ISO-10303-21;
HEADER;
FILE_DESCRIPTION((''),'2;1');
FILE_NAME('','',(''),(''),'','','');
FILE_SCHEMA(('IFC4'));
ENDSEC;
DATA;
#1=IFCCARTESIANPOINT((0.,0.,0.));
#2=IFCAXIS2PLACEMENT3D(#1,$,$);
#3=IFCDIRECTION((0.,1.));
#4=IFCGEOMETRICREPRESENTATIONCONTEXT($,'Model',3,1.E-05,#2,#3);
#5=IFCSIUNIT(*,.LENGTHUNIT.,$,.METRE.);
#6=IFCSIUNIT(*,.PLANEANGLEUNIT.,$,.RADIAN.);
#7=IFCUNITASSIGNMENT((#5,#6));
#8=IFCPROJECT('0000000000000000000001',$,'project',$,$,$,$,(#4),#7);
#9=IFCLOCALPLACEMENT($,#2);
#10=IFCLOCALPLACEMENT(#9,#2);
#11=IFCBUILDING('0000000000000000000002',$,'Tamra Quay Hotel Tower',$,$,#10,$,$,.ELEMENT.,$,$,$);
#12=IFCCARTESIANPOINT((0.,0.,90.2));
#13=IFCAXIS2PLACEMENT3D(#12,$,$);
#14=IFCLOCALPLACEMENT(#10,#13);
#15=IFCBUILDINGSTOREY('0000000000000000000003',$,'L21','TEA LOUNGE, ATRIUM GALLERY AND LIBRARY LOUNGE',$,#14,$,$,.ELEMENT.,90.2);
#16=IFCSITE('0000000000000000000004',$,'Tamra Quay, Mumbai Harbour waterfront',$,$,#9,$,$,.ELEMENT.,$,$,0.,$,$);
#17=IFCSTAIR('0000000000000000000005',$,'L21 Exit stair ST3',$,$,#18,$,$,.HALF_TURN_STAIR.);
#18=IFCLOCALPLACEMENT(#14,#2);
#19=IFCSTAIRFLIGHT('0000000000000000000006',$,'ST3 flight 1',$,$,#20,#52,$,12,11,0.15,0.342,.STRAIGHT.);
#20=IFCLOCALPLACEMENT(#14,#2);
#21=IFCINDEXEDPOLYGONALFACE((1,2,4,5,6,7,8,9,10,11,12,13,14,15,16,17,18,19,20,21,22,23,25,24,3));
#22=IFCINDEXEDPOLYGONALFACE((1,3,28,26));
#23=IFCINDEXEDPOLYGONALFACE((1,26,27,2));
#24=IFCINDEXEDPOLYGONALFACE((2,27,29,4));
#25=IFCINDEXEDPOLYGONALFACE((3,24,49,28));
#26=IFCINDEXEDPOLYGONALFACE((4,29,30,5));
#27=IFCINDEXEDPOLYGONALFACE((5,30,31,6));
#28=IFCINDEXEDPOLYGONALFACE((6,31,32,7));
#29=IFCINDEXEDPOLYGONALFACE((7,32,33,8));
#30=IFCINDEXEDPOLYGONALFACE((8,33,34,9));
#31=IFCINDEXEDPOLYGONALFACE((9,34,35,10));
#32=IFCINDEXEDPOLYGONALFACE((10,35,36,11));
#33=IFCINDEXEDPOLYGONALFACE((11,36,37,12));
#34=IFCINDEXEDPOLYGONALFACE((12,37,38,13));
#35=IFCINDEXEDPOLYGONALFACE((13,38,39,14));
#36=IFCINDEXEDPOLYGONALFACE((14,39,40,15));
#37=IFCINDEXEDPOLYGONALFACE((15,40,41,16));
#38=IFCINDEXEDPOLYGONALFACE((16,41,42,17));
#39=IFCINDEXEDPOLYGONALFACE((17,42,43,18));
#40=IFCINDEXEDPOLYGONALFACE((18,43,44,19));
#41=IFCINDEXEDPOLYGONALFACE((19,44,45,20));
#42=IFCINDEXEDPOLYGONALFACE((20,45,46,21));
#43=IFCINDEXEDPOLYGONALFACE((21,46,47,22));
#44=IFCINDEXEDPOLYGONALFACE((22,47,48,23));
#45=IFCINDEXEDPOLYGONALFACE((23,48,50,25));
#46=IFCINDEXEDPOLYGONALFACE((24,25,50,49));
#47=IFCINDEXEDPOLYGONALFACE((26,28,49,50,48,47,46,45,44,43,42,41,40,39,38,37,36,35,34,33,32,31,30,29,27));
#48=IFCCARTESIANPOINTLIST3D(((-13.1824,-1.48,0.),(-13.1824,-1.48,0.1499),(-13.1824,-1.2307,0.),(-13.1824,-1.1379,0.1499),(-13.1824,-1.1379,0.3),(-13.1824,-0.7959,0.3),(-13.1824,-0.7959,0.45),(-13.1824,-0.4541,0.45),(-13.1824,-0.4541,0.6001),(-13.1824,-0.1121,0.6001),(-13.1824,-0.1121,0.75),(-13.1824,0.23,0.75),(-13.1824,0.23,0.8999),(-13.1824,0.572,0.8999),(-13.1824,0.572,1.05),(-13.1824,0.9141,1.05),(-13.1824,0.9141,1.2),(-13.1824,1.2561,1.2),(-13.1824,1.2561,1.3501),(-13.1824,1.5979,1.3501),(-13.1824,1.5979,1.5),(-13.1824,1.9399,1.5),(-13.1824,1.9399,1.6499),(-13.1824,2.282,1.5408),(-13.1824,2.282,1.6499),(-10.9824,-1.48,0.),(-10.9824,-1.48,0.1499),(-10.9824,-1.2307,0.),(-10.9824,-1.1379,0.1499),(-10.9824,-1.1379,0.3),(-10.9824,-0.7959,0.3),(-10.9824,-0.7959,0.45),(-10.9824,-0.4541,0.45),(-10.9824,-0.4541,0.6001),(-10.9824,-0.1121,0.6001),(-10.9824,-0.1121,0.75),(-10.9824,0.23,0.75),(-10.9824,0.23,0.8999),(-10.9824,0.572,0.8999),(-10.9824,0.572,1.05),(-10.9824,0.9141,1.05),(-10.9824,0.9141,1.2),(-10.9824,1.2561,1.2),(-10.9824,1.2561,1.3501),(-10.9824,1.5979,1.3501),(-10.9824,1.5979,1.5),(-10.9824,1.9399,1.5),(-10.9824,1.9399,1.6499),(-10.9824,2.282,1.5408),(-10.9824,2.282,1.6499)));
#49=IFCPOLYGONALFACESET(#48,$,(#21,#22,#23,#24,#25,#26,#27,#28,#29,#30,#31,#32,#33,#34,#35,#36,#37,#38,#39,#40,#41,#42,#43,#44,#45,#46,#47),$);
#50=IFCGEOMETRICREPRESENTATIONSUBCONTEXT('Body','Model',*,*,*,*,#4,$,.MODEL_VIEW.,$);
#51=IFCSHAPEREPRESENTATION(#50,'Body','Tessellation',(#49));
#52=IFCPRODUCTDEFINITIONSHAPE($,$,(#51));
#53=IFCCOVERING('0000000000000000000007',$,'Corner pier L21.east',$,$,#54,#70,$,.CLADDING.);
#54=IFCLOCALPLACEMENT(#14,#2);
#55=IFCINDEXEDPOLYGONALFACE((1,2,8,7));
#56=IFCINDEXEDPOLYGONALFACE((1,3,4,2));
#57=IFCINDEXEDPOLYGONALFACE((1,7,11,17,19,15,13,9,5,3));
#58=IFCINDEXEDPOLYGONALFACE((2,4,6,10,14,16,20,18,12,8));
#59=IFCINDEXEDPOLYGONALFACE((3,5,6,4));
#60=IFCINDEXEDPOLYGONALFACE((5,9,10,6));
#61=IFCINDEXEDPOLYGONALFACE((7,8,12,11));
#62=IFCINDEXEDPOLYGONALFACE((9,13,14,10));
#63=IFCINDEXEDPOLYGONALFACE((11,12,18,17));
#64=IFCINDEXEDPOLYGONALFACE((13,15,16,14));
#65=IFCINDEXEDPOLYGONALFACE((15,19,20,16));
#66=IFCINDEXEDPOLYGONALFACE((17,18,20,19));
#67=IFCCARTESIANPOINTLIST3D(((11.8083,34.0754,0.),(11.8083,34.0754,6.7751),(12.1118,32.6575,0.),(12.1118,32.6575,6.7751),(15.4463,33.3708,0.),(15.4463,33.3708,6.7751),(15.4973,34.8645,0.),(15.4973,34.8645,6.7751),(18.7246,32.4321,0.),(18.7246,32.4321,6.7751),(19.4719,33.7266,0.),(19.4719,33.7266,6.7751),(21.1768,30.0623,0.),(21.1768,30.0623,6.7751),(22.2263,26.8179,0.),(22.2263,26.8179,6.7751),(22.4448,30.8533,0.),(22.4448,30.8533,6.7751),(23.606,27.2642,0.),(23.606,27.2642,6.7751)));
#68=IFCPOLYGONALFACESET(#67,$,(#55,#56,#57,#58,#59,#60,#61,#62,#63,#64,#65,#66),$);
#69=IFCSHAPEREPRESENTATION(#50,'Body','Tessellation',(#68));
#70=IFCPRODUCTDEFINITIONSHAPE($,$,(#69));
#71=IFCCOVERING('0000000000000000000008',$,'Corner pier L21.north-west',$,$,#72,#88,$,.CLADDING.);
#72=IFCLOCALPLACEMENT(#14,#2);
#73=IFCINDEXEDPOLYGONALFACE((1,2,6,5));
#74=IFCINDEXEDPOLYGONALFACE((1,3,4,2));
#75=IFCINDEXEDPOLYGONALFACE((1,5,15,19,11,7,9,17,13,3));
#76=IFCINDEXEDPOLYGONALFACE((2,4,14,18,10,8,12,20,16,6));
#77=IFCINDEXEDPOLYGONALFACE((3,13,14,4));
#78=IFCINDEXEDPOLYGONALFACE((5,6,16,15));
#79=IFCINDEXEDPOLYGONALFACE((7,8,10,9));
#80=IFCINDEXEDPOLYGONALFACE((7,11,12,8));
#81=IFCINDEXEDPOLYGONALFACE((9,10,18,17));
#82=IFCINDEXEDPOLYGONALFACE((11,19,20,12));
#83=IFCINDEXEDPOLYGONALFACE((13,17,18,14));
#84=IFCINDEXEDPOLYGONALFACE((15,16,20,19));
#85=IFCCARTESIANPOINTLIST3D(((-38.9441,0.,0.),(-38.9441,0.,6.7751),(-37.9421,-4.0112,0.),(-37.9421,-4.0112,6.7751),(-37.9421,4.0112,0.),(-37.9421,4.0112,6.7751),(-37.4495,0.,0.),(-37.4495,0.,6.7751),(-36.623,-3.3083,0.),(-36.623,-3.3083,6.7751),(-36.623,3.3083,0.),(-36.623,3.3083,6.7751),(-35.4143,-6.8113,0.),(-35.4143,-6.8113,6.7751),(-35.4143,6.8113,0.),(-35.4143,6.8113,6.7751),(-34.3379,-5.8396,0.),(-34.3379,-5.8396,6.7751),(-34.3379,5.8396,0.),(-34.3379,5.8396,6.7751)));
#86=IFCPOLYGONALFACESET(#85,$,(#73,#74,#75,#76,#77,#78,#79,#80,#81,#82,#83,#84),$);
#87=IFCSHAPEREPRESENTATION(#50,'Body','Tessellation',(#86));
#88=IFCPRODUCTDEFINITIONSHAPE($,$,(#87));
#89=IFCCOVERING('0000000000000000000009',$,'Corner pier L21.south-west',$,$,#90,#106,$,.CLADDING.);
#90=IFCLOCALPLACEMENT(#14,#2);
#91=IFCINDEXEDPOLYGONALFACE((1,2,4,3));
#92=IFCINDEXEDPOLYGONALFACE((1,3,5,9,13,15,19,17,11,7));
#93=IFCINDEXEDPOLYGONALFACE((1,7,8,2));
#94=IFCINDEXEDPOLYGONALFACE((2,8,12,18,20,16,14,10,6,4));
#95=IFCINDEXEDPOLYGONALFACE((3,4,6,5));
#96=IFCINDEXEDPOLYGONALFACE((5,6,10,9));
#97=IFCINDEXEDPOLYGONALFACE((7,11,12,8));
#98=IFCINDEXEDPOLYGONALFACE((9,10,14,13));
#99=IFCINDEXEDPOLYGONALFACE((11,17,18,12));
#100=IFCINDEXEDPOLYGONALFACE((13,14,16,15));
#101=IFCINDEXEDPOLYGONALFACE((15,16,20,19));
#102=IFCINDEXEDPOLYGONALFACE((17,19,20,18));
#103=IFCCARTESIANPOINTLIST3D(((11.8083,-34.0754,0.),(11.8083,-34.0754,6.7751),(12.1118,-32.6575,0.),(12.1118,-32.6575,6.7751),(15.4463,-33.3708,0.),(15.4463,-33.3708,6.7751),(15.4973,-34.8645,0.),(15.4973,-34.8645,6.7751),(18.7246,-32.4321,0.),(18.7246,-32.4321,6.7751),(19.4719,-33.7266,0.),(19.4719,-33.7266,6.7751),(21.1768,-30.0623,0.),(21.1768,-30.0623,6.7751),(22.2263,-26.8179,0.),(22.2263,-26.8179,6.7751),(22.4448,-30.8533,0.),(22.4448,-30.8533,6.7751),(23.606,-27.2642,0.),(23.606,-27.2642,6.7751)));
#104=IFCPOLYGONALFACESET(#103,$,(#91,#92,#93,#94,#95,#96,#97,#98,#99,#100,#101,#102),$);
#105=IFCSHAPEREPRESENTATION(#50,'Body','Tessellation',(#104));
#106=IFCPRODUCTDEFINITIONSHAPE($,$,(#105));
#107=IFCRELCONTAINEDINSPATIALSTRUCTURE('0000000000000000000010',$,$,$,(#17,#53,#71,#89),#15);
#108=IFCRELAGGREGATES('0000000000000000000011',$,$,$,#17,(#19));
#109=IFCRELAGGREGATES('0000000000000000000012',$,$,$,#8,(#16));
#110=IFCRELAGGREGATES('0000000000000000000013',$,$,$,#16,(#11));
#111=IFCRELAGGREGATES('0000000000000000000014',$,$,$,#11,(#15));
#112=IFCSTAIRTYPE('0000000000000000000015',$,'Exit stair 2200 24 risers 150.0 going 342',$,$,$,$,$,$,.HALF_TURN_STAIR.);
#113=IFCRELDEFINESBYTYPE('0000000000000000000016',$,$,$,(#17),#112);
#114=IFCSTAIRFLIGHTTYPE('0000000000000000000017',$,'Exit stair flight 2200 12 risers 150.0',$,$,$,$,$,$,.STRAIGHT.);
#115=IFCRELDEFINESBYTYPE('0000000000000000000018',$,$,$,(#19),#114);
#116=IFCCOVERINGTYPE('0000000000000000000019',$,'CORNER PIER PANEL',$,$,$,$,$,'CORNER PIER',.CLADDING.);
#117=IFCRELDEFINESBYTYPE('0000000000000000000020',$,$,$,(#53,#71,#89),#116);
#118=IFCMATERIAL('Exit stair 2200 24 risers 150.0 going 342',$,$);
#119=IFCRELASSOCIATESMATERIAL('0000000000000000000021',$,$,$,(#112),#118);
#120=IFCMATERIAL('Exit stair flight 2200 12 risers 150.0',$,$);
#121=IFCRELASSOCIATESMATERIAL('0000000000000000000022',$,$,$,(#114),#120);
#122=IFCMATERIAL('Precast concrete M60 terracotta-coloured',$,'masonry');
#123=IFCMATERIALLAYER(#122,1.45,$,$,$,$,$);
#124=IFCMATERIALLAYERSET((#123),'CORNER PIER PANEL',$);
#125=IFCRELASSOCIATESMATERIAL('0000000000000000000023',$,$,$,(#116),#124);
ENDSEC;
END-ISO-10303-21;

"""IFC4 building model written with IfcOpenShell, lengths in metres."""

from ifc_helpers import new_model, si_unit, direction, frame, origin, place, context, subcontext, project, spatial, polyline, outline, extrude, material, layer, layer_set, type_object, element, aggregate, save


model = new_model("IFC4")

# Units and contexts
model_context = context("Model", 3, precision=1e-05, world=origin(), true_north=direction((0.0, 1.0)))
body_context = subcontext(model_context, "Body", "Model", "MODEL_VIEW")
ifc_project = project(units=[si_unit("LENGTHUNIT", "METRE"), si_unit("PLANEANGLEUNIT", "RADIAN")], contexts=[model_context])

# Site, building, storey
site_placement = place(None, origin())
site = spatial("IfcSite", under=ifc_project, at=site_placement, Name="Tamra Quay, Mumbai Harbour waterfront", CompositionType="ELEMENT", RefElevation=0.0)
building_placement = place(site_placement, origin())
building = spatial("IfcBuilding", under=site, at=building_placement, Name="Tamra Quay Hotel Tower", CompositionType="ELEMENT")
storey_placement = place(building_placement, frame((0.0, 0.0, 90.2)))
storey = spatial("IfcBuildingStorey", under=building, at=storey_placement, Name="L21", Description="TEA LOUNGE, ATRIUM GALLERY AND LIBRARY LOUNGE", CompositionType="ELEMENT", Elevation=90.2)

# Stair
ifc_material_1 = material(Name="Exit stair 2200 24 risers 150.0 going 342")
stair_type = type_object("IfcStairType", Name="Exit stair 2200 24 risers 150.0 going 342", PredefinedType="HALF_TURN_STAIR", material=ifc_material_1)
stair_1_placement = place(storey_placement, origin())
stair_1 = element("IfcStair", 1, at=stair_1_placement, inside=storey, type_object=stair_type, Name="L21 Exit stair ST3", PredefinedType="HALF_TURN_STAIR")

# Stair flight
ifc_material_2 = material(Name="Exit stair flight 2200 12 risers 150.0")
stair_flight_type = type_object("IfcStairFlightType", Name="Exit stair flight 2200 12 risers 150.0", PredefinedType="STRAIGHT", material=ifc_material_2)
stair_flight_placement = place(storey_placement, frame((-12.0823, -1.48, 0.0), z_axis=(0.0, 0.0, 1.0), x_axis=(0.0, 1.0, 0.0)))
stair_flight = element("IfcStairFlight", 2, at=stair_flight_placement, type_object=stair_flight_type, Name="ST3 flight 1", NumberOfRisers=12, NumberOfTreads=11, PredefinedType="STRAIGHT", RiserHeight=0.15, TreadLength=0.342, context=body_context, shape_type="SweptSolid", body=[
    extrude(outline(polyline([(0.0, 0.0), (0.0, 0.1499), (0.342, 0.1499), (0.342, 0.3), (0.6841, 0.3), (0.6841, 0.45), (1.0259, 0.45), (1.0259, 0.6001), (1.3679, 0.6001), (1.3679, 0.75), (1.71, 0.75), (1.71, 0.8999), (2.052, 0.8999), (2.052, 1.05), (2.394, 1.05), (2.394, 1.2), (2.7361, 1.2), (2.7361, 1.3501), (3.0779, 1.3501), (3.0779, 1.5), (3.4199, 1.5), (3.4199, 1.6499), (3.762, 1.6499), (3.762, 1.8), (3.762, 1.5408), (0.2493, 0.0), (0.0, 0.0)])), frame((0.0, 1.1001, 0.0), z_axis=(0.0, -1.0, 0.0), x_axis=(1.0, 0.0, 0.0)), (0.0, 0.0, 1.0), 2.2),
])
aggregate(stair_1, [stair_flight])

# Coverings
ifc_material_3 = material(Name="Precast concrete M60 terracotta-coloured", Category="masonry")
ifc_layer_1 = layer(ifc_material_3, 1.45)
ifc_layer_set_1 = layer_set([ifc_layer_1], Name="CORNER PIER PANEL")
covering_type = type_object("IfcCoveringType", Name="CORNER PIER PANEL", ElementType="CORNER PIER", PredefinedType="CLADDING", material=ifc_layer_set_1)
covering_1_placement = place(storey_placement, origin())
element("IfcCovering", 3, at=covering_1_placement, inside=storey, type_object=covering_type, Name="Corner pier L21.east", PredefinedType="CLADDING", context=body_context, shape_type="SweptSolid", body=[
    extrude(outline(polyline([(22.2263, 26.8179), (23.606, 27.2642), (22.4448, 30.8533), (19.4719, 33.7266), (15.4973, 34.8645), (11.8083, 34.0754), (12.1118, 32.6575), (15.4463, 33.3708), (18.7246, 32.4321), (21.1768, 30.0623), (22.2263, 26.8179)])), origin(), (0.0, 0.0, 1.0), 6.7751),
])
covering_2_placement = place(storey_placement, origin())
element("IfcCovering", 4, at=covering_2_placement, inside=storey, type_object=covering_type, Name="Corner pier L21.north-west", PredefinedType="CLADDING", context=body_context, shape_type="SweptSolid", body=[
    extrude(outline(polyline([(-34.3379, 5.8396), (-35.4143, 6.8113), (-37.9421, 4.0112), (-38.9441, 0.0), (-37.9421, -4.0112), (-35.4143, -6.8113), (-34.3379, -5.8396), (-36.623, -3.3083), (-37.4495, 0.0), (-36.623, 3.3083), (-34.3379, 5.8396)])), origin(), (0.0, 0.0, 1.0), 6.7751),
])
covering_3_placement = place(storey_placement, origin())
element("IfcCovering", 5, at=covering_3_placement, inside=storey, type_object=covering_type, Name="Corner pier L21.south-west", PredefinedType="CLADDING", context=body_context, shape_type="SweptSolid", body=[
    extrude(outline(polyline([(12.1118, -32.6575), (11.8083, -34.0754), (15.4973, -34.8645), (19.4719, -33.7266), (22.4448, -30.8533), (23.606, -27.2642), (22.2263, -26.8179), (21.1768, -30.0623), (18.7246, -32.4321), (15.4463, -33.3708), (12.1118, -32.6575)])), origin(), (0.0, 0.0, 1.0), 6.7751),
])

save(model, "model.ifc")
